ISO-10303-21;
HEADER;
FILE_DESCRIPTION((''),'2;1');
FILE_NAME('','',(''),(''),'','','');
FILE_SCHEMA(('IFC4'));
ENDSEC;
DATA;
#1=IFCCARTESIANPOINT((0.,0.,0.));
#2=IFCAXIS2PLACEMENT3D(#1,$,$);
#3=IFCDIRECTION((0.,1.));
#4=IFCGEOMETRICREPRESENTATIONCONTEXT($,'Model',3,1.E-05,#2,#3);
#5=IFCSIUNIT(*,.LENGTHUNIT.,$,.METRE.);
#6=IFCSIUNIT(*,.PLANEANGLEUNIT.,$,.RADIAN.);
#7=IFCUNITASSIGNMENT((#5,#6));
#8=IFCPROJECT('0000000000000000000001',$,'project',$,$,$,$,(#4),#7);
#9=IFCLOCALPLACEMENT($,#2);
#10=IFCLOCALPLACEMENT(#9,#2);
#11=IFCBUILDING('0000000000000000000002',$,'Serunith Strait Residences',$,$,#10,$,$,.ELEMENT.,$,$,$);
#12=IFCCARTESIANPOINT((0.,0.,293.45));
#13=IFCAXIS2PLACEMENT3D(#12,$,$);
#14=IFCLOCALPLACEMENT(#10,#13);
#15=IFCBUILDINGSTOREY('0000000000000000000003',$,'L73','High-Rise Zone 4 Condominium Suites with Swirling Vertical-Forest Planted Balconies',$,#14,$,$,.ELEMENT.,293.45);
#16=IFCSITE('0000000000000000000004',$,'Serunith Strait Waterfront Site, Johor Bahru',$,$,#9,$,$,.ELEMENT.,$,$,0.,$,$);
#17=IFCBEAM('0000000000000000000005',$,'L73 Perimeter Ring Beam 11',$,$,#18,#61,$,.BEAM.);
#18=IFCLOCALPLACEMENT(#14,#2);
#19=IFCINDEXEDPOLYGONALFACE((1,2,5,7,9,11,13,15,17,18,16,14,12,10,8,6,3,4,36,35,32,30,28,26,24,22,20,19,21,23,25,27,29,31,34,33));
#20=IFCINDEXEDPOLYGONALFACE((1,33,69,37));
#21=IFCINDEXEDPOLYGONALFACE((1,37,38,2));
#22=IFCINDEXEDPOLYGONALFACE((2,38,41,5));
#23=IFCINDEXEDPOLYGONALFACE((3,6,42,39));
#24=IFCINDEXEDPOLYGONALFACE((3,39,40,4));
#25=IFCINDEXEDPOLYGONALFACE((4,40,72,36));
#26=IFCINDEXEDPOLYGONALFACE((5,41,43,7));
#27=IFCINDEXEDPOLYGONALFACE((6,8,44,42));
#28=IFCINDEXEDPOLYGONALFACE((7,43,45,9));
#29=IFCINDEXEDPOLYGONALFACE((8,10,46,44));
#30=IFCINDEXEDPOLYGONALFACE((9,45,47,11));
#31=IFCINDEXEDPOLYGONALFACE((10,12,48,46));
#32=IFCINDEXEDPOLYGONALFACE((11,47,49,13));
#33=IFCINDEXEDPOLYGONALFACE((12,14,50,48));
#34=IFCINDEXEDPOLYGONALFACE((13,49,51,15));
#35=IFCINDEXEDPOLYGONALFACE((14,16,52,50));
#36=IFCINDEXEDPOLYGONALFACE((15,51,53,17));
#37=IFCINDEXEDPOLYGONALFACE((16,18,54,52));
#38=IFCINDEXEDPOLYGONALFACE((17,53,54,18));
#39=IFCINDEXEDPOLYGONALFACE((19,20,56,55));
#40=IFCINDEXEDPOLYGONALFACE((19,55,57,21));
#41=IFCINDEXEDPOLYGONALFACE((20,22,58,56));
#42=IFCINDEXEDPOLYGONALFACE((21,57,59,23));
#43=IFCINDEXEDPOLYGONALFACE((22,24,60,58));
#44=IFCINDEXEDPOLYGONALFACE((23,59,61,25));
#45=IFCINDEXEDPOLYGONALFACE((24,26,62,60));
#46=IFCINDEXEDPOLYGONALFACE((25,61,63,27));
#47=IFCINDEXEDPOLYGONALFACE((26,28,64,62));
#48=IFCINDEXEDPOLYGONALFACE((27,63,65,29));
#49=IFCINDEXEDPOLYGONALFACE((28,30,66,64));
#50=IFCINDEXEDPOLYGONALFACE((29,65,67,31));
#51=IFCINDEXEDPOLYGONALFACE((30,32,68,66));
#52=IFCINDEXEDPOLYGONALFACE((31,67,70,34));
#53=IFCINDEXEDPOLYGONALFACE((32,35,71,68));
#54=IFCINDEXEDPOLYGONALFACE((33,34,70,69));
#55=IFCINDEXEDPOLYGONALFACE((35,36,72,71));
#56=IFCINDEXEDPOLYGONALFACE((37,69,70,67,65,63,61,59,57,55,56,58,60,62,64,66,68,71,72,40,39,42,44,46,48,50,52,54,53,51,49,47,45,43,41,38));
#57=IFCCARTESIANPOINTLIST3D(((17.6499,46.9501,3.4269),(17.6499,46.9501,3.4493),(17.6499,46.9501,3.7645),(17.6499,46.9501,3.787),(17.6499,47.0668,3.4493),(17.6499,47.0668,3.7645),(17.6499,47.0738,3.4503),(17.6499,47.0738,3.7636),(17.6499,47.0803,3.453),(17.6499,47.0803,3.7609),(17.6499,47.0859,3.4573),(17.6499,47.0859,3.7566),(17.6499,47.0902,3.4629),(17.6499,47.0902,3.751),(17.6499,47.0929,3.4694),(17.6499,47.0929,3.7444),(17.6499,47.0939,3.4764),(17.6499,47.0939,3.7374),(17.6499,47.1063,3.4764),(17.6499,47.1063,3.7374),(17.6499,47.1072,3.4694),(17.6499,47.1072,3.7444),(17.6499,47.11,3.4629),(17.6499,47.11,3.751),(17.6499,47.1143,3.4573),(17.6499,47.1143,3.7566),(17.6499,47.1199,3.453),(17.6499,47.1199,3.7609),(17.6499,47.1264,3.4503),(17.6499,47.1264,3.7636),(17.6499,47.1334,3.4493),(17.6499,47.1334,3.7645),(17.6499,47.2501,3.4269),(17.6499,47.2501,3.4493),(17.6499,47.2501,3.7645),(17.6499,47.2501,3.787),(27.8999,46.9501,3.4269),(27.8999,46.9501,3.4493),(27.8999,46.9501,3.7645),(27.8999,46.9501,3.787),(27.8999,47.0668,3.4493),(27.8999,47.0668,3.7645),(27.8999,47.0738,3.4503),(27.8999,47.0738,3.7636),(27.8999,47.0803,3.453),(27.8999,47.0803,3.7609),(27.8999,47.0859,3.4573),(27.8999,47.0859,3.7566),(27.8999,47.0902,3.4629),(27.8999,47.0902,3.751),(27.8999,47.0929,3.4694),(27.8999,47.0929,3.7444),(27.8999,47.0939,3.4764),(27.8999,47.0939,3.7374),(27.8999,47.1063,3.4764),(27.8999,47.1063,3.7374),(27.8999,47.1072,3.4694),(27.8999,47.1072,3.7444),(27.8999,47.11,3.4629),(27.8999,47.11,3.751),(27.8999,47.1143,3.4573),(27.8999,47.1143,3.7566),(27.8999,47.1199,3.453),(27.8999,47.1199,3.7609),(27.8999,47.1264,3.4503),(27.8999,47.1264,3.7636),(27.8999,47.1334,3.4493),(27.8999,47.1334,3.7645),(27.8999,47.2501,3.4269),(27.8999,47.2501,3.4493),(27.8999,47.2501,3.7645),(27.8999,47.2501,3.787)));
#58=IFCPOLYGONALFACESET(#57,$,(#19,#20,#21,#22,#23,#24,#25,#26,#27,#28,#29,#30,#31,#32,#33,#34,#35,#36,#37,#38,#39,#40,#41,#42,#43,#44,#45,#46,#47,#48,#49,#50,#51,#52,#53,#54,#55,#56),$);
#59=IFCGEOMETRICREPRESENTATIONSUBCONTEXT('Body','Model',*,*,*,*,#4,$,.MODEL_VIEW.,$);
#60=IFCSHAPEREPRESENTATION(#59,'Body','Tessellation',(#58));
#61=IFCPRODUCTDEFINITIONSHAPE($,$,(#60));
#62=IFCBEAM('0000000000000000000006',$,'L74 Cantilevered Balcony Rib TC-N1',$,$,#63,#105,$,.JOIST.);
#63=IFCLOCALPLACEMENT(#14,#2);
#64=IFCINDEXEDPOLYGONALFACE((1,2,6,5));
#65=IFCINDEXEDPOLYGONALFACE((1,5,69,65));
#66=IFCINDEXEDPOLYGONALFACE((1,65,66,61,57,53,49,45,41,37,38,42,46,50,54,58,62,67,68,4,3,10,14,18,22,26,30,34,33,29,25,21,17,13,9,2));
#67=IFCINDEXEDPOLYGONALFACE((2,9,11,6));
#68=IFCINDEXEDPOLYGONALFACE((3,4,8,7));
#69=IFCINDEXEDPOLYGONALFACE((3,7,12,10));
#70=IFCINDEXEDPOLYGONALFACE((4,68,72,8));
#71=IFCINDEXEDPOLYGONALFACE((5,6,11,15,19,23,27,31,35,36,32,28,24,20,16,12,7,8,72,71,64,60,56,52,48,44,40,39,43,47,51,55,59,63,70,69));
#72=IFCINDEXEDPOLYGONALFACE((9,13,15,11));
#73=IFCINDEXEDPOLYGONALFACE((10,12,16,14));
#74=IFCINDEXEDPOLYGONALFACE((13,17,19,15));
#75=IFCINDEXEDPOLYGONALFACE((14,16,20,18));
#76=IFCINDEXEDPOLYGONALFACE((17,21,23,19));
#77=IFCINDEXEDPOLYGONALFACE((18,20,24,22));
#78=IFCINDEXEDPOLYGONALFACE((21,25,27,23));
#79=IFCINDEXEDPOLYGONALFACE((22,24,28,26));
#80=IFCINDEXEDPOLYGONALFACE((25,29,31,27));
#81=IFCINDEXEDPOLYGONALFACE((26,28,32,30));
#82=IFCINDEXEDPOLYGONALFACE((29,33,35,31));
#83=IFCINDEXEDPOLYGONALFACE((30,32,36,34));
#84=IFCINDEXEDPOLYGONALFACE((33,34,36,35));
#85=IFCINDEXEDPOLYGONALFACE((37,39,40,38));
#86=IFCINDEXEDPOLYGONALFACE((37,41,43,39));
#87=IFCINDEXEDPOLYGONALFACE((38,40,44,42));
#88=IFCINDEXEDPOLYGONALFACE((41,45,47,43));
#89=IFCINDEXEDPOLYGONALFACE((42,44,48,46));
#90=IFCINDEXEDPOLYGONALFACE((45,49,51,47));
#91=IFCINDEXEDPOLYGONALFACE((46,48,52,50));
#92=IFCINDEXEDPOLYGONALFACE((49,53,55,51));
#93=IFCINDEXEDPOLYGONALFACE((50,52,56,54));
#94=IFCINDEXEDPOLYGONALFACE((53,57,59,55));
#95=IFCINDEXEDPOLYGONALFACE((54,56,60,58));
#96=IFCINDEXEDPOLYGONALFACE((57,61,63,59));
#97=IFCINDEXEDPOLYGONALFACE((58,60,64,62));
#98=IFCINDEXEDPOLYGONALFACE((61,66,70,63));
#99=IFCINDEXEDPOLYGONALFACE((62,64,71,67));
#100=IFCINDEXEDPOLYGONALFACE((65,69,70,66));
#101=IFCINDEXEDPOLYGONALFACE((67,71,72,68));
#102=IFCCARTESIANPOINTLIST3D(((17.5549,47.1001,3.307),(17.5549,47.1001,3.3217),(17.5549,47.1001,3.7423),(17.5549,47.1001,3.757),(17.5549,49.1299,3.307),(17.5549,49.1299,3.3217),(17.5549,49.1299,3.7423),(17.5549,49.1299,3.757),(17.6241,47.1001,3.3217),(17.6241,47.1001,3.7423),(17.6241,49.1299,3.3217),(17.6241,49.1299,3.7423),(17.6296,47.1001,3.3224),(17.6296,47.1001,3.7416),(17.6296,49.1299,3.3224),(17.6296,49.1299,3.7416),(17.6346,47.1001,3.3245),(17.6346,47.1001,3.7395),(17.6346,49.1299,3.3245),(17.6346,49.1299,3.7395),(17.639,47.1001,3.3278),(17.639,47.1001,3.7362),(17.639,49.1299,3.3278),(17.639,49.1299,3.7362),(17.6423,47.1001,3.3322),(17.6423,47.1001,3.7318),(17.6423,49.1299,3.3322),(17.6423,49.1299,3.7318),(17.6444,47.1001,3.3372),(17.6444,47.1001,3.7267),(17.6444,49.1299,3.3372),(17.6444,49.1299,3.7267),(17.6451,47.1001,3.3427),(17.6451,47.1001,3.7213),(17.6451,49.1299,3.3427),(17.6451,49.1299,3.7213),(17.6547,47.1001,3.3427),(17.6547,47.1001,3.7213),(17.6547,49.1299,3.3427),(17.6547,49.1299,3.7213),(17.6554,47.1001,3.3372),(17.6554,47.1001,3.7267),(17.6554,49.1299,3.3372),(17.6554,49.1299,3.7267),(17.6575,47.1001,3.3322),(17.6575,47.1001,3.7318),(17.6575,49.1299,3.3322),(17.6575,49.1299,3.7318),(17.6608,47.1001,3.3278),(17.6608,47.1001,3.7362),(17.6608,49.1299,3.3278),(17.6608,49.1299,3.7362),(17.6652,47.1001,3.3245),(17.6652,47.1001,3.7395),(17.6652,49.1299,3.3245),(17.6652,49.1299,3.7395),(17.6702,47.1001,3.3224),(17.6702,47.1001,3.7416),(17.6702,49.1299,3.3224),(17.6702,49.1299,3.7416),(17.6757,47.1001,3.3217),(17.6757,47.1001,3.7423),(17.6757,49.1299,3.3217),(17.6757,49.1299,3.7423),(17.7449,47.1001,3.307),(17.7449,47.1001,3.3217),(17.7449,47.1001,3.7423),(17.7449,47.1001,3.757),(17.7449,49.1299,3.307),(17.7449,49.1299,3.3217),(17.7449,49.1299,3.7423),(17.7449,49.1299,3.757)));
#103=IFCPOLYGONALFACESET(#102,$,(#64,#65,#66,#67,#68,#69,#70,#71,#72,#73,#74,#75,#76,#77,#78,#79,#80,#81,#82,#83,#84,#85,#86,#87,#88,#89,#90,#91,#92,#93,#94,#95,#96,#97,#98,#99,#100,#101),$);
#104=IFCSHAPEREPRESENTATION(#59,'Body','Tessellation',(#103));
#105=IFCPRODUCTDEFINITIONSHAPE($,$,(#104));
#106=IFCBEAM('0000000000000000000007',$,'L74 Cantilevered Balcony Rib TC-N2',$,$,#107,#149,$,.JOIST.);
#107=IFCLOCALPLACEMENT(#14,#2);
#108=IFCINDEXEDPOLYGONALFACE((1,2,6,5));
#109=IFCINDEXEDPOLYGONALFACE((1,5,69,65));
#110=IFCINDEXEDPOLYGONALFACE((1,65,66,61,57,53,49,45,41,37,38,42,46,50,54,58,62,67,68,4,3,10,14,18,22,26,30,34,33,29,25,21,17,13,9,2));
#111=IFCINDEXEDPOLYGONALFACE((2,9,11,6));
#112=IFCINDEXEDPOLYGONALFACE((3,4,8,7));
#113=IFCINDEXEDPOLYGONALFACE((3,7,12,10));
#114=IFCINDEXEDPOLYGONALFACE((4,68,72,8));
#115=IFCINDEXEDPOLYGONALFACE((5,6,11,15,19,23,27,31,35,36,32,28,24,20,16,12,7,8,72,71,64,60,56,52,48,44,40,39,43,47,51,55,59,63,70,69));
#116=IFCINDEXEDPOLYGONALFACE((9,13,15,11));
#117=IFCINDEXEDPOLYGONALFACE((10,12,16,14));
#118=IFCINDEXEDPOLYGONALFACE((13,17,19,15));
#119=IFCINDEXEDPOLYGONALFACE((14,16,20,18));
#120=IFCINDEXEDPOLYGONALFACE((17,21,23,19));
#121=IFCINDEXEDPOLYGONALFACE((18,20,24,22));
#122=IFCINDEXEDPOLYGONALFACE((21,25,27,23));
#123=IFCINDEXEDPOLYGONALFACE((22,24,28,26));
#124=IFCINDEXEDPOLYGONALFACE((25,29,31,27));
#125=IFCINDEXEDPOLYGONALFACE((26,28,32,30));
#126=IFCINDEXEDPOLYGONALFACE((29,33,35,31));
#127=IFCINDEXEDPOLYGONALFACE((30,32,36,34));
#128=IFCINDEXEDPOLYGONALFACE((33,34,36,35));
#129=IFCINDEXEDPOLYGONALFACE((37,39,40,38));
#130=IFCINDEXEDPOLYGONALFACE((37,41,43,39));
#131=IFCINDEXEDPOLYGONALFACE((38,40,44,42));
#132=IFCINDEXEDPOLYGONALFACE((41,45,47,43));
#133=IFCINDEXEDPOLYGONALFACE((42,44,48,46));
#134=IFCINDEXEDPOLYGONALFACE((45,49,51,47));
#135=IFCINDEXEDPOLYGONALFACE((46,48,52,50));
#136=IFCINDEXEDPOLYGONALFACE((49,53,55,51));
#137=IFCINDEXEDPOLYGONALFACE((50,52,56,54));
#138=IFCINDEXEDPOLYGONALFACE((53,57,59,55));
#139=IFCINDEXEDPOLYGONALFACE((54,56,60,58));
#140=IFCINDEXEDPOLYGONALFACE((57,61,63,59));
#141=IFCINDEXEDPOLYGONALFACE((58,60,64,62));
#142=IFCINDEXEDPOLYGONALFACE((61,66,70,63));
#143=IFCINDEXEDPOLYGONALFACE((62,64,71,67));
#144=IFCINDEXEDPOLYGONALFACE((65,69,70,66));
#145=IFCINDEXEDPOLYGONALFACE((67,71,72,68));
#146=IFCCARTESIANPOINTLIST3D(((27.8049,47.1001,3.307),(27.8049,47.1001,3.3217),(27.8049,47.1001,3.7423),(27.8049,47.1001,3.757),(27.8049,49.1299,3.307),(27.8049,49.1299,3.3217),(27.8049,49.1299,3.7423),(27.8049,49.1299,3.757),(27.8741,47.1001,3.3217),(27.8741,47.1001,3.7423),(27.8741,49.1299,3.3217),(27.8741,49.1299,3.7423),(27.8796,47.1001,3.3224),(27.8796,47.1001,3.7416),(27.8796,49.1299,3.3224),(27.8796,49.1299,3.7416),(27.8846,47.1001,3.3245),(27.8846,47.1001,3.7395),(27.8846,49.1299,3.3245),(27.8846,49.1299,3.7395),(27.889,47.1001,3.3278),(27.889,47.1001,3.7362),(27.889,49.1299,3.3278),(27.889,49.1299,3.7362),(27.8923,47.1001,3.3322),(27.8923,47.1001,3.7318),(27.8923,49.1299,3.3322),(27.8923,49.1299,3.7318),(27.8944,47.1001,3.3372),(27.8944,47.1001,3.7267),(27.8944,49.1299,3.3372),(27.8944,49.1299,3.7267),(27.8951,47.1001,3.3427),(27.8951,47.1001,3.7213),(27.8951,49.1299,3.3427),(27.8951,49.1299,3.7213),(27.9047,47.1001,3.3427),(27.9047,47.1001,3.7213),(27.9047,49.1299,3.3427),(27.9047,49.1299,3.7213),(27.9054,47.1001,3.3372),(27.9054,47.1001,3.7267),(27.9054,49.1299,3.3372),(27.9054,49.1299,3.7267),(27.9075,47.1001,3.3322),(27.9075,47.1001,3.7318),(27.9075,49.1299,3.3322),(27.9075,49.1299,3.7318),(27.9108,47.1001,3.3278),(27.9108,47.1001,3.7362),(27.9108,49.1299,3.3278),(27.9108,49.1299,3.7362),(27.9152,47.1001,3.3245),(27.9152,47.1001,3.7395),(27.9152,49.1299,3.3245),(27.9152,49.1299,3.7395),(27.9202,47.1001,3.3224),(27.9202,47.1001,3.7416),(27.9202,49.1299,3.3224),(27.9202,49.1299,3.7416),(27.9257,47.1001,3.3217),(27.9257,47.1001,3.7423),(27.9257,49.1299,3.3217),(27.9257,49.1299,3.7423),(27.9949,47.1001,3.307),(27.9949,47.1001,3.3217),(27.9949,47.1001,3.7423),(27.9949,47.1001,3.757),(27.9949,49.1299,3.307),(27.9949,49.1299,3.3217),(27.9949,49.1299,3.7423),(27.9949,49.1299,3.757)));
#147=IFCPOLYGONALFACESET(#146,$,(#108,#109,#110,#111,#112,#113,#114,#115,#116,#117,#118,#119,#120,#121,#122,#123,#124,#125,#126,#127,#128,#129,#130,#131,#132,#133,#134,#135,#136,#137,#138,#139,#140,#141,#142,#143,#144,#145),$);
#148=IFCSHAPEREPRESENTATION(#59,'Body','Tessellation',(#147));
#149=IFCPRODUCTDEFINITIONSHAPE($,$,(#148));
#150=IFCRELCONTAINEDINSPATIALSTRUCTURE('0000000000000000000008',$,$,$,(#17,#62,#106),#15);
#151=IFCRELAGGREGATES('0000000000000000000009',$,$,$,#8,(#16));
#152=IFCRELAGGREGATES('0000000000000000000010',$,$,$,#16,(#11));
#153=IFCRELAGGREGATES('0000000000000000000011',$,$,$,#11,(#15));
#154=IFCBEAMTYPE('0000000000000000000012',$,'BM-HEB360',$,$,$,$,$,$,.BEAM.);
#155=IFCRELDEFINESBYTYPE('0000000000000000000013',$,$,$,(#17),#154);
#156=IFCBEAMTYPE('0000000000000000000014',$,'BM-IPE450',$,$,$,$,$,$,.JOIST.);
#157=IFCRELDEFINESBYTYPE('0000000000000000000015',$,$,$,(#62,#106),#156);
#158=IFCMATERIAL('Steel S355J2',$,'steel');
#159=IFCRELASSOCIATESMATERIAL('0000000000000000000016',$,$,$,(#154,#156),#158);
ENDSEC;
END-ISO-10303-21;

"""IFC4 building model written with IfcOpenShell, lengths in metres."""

from ifc_helpers import new_model, si_unit, direction, frame, origin, origin_2d, place, context, subcontext, project, spatial, i_section, extrude, source, transform, mapped, material, material_profile, profile_set, type_object, element, save


model = new_model("IFC4")

# Units and contexts
model_context = context("Model", 3, precision=1e-05, world=origin(), true_north=direction((0.0, 1.0)))
body_context = subcontext(model_context, "Body", "Model", "MODEL_VIEW")
ifc_project = project(units=[si_unit("LENGTHUNIT", "METRE"), si_unit("PLANEANGLEUNIT", "RADIAN")], contexts=[model_context])

# Site, building, storey
site_placement = place(None, origin())
site = spatial("IfcSite", under=ifc_project, at=site_placement, Name="Serunith Strait Waterfront Site, Johor Bahru", CompositionType="ELEMENT", RefElevation=0.0)
building_placement = place(site_placement, origin())
building = spatial("IfcBuilding", under=site, at=building_placement, Name="Serunith Strait Residences", CompositionType="ELEMENT")
storey_placement = place(building_placement, frame((0.0, 0.0, 293.45)))
storey = spatial("IfcBuildingStorey", under=building, at=storey_placement, Name="L73", Description="High-Rise Zone 4 Condominium Suites with Swirling Vertical-Forest Planted Balconies", CompositionType="ELEMENT", Elevation=293.45)

# Beams
ifc_material_1 = material(Name="Steel S355J2", Category="steel")
ifc_material_profile_1 = material_profile(ifc_material_1, i_section(OverallWidth=0.3, OverallDepth=0.3601, WebThickness=0.0125, FlangeThickness=0.0225, FilletRadius=0.0271, at=origin_2d()), Name="HEB 360")
ifc_profile_set_1 = profile_set([ifc_material_profile_1], Name="Steel S355J2")
beam_type_1 = type_object("IfcBeamType", Name="BM-HEB360", PredefinedType="BEAM", material=ifc_profile_set_1)
shared_shape_1 = source(origin(), body_context, "Body", "SweptSolid", [
    extrude(i_section(OverallWidth=0.3, OverallDepth=0.3601, WebThickness=0.0125, FlangeThickness=0.0225, FilletRadius=0.0271, at=origin_2d()), origin(), (0.0, 0.0, 1.0), 10.25),
])
beam_1_placement = place(storey_placement, frame((27.8999, 47.1001, 3.6069), z_axis=(-1.0, 0.0, 0.0), x_axis=(0.0, -1.0, 0.0)))
element("IfcBeam", 1, at=beam_1_placement, inside=storey, type_object=beam_type_1, Name="L73 Perimeter Ring Beam 11", PredefinedType="BEAM", context=body_context, shape_type="MappedRepresentation", body=[
    mapped(shared_shape_1, transform((0.0, 0.0, 0.0), scale=1.0)),
])
ifc_material_profile_2 = material_profile(ifc_material_1, i_section(OverallWidth=0.1899, OverallDepth=0.45, WebThickness=0.0095, FlangeThickness=0.0146, FilletRadius=0.021, at=origin_2d()), Name="IPE 450")
ifc_profile_set_2 = profile_set([ifc_material_profile_2], Name="Steel S355J2")
beam_type_2 = type_object("IfcBeamType", Name="BM-IPE450", PredefinedType="JOIST", material=ifc_profile_set_2)
shared_shape_2 = source(origin(), body_context, "Body", "SweptSolid", [
    extrude(i_section(OverallWidth=0.1899, OverallDepth=0.45, WebThickness=0.0095, FlangeThickness=0.0146, FilletRadius=0.021, at=origin_2d()), origin(), (0.0, 0.0, 1.0), 2.0298),
])
for number, where, z_axis, x_axis, name in (
    (2, (17.6499, 47.1001, 3.532), (0.0, 1.0, 0.0), (-1.0, 0.0, 0.0), "L74 Cantilevered Balcony Rib TC-N1"),
    (3, (27.8999, 47.1001, 3.532), (0.0, 1.0, 0.0), (-1.0, 0.0, 0.0), "L74 Cantilevered Balcony Rib TC-N2"),
):
    element("IfcBeam", number, at=place(storey_placement, frame(where, z_axis=z_axis, x_axis=x_axis)), inside=storey, type_object=beam_type_2, Name=name, PredefinedType="JOIST", context=body_context, shape_type="MappedRepresentation", body=[
        mapped(shared_shape_2, transform((0.0, 0.0, 0.0), scale=1.0)),
    ])

save(model, "model.ifc")
